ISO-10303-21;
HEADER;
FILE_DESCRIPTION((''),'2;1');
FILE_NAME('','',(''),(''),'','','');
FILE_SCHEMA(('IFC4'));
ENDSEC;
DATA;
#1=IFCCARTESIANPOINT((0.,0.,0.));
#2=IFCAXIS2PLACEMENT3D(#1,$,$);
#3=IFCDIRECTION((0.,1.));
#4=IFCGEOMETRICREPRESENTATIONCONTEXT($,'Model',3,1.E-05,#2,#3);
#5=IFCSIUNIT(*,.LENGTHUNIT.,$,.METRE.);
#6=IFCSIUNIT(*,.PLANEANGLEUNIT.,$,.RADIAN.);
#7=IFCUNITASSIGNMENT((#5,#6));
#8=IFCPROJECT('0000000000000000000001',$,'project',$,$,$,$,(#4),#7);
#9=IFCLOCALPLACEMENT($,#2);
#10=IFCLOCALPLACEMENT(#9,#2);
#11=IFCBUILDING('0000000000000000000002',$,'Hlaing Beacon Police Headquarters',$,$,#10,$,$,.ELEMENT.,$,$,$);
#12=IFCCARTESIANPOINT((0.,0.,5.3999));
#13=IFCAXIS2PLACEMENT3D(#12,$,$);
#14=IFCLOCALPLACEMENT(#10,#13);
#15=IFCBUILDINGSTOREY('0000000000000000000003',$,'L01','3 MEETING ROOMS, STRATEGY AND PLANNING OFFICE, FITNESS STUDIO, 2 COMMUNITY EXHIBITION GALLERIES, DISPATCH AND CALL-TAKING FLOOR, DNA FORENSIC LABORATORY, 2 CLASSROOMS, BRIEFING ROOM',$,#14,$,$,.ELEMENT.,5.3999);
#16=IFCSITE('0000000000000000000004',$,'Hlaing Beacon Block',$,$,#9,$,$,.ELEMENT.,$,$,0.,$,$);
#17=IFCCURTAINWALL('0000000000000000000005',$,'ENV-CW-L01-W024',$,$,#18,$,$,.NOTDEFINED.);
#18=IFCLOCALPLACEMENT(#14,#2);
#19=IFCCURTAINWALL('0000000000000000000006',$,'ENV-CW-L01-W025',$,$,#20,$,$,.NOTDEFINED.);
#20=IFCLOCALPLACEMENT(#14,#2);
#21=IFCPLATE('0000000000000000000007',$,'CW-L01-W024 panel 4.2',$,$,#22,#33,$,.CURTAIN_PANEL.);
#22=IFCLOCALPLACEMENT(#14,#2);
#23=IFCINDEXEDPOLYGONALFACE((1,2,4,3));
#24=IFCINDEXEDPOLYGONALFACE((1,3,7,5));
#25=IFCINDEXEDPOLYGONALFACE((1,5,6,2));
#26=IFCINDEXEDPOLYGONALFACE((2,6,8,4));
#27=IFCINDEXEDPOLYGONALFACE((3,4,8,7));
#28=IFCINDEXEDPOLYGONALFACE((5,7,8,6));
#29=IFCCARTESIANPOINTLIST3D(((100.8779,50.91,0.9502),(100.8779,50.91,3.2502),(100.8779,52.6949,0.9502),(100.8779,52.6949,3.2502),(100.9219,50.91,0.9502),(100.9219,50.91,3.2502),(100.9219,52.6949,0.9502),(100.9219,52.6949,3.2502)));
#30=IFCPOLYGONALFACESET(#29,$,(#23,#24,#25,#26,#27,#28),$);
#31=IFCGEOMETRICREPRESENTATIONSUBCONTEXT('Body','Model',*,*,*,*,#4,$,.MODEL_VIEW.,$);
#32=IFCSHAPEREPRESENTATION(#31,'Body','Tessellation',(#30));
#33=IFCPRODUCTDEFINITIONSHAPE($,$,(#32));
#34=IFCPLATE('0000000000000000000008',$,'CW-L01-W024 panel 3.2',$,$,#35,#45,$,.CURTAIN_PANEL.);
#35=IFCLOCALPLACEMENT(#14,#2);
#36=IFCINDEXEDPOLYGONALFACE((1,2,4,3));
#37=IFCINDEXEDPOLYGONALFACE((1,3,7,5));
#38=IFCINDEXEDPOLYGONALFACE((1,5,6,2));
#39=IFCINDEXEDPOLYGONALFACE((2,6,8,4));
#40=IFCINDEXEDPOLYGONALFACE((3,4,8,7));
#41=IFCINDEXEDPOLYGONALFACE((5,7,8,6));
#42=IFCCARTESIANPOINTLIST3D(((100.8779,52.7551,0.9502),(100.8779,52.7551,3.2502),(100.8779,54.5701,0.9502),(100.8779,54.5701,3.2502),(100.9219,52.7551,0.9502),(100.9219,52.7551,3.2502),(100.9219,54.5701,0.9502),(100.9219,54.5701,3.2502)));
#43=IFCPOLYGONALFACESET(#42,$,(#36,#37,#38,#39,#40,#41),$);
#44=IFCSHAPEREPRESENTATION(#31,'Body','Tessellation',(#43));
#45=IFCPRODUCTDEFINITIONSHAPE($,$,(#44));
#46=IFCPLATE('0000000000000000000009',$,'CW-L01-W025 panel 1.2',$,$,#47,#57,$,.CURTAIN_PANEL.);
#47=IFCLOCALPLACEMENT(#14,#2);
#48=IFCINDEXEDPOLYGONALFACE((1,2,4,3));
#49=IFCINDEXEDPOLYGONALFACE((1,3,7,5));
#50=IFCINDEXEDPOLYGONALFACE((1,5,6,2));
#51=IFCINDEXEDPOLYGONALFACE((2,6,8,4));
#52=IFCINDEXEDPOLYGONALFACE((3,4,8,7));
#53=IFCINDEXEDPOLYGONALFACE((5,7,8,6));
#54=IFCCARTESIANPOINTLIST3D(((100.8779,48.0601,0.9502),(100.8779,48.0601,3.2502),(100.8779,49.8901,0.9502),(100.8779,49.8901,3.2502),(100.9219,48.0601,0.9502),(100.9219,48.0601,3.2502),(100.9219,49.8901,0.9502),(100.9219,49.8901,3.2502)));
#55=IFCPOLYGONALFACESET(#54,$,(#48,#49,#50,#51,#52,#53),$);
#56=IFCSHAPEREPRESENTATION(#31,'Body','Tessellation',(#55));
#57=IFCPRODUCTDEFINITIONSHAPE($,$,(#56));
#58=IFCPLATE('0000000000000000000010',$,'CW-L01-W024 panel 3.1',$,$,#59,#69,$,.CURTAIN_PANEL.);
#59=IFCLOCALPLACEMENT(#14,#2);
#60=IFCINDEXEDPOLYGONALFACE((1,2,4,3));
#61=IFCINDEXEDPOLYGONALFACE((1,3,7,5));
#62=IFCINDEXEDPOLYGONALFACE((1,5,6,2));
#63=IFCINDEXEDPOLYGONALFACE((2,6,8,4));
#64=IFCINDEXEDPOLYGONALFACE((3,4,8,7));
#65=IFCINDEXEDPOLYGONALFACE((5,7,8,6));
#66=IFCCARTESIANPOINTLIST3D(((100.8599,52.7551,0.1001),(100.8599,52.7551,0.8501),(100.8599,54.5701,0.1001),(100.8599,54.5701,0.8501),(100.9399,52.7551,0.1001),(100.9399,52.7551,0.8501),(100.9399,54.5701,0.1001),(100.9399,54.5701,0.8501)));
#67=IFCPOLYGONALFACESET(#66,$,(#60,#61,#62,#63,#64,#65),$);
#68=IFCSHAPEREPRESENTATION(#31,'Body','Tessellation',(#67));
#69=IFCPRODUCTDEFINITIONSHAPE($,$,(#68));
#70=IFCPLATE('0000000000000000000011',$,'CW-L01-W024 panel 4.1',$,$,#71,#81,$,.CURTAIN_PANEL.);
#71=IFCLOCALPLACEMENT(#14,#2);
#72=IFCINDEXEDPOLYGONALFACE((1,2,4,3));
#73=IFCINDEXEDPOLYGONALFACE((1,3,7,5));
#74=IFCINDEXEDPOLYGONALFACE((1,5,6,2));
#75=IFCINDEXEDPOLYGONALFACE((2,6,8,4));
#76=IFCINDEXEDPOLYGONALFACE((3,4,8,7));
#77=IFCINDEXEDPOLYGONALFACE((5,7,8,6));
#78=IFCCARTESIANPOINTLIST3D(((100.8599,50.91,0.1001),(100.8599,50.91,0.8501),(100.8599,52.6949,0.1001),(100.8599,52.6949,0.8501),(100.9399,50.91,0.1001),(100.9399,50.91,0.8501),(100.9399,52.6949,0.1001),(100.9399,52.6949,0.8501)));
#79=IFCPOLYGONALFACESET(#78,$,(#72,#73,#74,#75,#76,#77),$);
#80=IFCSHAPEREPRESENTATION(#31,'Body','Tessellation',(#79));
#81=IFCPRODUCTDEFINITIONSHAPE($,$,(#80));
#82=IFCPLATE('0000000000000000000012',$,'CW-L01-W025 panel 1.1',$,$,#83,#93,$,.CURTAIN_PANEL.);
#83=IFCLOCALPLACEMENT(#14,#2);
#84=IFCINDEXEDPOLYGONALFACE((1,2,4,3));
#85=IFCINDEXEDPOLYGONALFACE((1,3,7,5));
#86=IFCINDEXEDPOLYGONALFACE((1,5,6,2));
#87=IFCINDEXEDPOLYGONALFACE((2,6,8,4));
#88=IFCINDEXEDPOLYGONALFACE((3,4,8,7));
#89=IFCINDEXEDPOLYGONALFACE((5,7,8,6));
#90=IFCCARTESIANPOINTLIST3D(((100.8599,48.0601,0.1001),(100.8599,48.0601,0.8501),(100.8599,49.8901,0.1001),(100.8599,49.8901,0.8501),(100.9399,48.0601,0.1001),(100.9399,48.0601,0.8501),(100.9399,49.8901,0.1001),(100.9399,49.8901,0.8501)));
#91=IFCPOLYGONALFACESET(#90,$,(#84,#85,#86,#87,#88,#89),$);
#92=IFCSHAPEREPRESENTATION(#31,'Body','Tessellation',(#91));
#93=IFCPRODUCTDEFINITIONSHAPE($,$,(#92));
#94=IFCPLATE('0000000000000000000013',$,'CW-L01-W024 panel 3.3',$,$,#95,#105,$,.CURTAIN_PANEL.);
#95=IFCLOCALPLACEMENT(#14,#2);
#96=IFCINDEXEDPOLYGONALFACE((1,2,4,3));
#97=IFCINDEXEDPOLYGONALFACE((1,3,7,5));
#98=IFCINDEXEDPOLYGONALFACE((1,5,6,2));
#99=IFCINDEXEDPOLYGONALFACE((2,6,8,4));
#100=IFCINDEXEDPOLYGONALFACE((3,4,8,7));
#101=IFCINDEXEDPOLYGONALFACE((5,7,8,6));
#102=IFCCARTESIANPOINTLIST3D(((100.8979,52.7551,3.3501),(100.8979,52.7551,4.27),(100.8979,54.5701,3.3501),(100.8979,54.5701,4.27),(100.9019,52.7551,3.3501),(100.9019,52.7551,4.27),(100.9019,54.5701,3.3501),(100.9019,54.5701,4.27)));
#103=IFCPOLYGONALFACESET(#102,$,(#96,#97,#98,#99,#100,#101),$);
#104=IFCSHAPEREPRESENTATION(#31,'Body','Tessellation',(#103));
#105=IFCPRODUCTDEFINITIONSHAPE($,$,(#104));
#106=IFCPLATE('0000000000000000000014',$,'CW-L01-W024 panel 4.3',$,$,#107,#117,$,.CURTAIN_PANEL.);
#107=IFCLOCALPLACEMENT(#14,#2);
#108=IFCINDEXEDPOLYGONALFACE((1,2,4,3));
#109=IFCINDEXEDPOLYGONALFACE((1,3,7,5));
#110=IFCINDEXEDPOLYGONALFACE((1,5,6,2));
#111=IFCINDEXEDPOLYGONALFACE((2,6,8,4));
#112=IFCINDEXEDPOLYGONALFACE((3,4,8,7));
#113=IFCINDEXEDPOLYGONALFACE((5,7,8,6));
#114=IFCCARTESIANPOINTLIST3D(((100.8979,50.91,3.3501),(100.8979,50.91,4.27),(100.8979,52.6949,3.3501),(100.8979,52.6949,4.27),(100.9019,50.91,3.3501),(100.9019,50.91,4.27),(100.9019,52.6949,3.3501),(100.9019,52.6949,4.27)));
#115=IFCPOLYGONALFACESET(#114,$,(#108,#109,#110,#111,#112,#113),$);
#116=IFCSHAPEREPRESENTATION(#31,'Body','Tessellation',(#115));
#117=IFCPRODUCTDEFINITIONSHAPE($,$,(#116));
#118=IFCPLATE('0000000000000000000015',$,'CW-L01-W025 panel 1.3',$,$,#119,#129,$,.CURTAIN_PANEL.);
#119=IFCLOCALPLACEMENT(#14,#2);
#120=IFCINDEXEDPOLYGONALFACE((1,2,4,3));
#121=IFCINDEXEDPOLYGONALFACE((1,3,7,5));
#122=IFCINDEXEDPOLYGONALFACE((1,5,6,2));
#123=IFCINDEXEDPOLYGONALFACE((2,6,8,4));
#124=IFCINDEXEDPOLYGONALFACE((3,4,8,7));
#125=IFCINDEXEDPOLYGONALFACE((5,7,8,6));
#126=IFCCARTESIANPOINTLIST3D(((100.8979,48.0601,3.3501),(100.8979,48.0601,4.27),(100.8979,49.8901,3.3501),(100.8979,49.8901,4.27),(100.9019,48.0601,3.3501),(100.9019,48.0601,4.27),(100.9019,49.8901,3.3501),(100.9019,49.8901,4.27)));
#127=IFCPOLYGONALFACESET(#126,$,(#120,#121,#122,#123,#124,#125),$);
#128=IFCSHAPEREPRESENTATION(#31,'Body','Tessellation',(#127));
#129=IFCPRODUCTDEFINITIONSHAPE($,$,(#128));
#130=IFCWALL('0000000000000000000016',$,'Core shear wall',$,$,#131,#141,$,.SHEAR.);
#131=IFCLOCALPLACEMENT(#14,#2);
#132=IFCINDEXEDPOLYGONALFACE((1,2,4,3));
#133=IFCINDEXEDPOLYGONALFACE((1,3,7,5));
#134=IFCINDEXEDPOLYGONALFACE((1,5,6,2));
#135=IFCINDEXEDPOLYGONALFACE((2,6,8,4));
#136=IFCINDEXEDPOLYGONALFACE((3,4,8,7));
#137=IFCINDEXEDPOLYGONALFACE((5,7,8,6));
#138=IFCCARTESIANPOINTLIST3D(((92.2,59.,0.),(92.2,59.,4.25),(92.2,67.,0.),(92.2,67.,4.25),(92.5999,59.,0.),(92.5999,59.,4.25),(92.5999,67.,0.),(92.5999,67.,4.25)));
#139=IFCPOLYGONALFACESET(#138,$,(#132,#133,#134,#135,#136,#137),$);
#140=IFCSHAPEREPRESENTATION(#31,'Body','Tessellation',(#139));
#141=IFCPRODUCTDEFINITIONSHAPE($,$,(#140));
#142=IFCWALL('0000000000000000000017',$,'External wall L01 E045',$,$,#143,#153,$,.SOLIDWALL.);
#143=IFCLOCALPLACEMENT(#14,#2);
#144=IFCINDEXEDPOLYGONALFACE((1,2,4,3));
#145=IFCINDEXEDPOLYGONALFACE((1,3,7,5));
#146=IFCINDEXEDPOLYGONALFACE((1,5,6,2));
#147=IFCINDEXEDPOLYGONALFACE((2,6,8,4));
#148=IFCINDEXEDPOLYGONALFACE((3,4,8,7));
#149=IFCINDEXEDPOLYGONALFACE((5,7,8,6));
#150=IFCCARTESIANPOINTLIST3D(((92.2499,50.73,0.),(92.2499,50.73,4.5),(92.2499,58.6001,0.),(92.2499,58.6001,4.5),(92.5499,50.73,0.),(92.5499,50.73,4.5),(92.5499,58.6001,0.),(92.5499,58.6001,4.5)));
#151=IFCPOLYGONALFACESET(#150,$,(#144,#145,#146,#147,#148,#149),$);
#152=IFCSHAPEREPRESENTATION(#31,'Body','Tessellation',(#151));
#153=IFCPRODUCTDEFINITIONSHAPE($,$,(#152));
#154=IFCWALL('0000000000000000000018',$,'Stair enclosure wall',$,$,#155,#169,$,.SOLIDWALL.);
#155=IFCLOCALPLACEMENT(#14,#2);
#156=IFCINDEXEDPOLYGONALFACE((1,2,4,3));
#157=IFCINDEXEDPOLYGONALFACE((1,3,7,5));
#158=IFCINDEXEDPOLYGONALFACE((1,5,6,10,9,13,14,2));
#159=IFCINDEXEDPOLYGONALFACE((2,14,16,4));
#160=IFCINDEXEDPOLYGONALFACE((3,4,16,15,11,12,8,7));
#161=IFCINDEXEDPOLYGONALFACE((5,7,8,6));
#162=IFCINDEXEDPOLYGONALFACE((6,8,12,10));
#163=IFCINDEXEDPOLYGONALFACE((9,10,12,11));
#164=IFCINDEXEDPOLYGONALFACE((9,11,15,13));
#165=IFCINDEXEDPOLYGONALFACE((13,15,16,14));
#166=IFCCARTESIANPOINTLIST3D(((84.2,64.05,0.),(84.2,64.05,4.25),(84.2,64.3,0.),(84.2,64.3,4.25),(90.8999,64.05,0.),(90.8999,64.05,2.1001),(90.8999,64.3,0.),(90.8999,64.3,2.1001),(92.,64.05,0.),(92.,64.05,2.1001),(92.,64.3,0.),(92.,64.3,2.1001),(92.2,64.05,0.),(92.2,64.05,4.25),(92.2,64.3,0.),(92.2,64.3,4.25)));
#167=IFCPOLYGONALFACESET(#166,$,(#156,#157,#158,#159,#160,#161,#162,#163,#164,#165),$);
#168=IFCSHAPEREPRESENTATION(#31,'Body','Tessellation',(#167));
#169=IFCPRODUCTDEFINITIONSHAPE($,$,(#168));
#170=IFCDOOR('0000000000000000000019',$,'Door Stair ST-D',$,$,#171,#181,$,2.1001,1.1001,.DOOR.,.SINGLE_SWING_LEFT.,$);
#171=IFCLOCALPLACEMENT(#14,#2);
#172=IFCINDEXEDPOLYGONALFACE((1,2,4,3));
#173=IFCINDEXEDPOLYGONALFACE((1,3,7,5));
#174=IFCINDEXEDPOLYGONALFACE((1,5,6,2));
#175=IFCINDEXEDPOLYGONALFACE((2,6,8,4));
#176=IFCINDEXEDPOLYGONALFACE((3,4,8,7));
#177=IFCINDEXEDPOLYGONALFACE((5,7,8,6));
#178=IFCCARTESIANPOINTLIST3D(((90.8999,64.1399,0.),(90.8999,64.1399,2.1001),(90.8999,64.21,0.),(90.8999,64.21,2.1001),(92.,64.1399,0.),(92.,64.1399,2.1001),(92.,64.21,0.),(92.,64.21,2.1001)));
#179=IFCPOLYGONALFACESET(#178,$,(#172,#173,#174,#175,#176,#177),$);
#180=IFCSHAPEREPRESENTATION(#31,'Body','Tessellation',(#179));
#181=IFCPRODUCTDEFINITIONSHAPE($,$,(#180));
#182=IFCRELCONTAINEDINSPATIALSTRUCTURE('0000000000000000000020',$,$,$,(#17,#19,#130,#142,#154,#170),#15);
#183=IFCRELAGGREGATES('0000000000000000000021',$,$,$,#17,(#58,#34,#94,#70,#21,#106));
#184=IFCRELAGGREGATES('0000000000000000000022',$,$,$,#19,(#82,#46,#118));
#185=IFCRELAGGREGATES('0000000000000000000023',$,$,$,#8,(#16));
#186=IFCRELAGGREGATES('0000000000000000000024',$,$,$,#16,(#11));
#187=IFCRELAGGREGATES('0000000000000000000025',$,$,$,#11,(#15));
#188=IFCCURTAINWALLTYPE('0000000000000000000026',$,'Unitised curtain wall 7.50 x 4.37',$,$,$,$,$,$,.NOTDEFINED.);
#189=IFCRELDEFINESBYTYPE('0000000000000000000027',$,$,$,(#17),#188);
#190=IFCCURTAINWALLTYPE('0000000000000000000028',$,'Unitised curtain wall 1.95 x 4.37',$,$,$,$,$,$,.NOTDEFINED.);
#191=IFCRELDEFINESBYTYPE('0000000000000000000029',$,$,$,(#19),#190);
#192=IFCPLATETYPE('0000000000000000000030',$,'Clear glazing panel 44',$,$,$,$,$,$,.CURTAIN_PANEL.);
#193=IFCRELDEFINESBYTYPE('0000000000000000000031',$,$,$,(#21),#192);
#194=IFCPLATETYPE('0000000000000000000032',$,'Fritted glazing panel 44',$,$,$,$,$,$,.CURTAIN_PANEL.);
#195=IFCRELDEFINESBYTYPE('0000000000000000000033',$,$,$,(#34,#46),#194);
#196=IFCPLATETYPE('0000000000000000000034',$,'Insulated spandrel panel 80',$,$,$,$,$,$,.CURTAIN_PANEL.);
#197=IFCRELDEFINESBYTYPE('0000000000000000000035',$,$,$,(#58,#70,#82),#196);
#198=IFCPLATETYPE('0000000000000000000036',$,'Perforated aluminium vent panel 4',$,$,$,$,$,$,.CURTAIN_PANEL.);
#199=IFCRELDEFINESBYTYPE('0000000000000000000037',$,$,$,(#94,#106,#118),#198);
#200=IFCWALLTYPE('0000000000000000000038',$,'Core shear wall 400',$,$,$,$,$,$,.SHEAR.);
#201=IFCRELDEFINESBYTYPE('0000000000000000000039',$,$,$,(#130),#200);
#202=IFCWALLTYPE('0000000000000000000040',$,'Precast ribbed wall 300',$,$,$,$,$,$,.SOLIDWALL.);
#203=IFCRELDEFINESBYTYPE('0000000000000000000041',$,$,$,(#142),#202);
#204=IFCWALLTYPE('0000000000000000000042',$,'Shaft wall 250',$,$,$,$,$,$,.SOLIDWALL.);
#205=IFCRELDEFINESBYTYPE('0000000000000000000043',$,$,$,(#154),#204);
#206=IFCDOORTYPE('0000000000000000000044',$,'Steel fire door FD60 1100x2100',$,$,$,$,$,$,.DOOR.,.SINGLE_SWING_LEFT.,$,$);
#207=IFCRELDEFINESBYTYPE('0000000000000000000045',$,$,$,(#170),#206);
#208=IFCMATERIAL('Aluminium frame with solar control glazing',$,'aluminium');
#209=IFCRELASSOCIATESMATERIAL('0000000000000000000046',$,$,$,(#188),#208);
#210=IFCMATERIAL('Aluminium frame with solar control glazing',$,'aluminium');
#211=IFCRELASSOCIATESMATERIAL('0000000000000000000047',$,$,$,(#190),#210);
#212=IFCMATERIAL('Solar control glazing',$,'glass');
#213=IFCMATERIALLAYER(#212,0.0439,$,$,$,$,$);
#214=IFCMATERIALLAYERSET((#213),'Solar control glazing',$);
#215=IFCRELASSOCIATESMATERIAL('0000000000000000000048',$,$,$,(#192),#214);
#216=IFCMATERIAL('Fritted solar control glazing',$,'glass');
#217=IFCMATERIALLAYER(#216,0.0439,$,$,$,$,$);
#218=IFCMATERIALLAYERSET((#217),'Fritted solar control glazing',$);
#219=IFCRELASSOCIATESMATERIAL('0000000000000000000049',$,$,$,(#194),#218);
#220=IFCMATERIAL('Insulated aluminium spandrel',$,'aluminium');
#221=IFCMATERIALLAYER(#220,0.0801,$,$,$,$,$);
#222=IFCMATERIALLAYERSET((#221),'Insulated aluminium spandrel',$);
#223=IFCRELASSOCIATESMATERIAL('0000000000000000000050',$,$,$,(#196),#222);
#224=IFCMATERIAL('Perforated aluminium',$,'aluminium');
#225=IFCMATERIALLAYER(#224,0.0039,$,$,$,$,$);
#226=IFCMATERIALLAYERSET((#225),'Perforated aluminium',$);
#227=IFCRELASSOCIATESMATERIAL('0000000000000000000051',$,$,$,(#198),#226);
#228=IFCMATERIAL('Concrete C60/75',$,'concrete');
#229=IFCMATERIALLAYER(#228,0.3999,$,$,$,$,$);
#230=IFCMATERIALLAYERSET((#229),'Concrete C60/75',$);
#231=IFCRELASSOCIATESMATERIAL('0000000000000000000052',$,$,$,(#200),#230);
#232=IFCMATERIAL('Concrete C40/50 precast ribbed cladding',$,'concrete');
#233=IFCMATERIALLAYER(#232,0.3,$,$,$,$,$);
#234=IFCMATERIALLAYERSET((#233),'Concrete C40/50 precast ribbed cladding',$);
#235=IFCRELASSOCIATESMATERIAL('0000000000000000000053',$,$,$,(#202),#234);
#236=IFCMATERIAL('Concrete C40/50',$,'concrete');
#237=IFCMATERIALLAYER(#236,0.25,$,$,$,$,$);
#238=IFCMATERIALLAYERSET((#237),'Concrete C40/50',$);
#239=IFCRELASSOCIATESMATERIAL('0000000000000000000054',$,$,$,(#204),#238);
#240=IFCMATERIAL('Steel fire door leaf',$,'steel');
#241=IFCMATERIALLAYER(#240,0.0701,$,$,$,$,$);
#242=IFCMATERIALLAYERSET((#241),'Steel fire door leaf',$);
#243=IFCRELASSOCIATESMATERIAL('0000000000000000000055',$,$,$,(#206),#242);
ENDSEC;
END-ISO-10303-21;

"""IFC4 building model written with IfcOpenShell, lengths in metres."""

from ifc_helpers import new_model, si_unit, direction, frame, frame_2d, origin, origin_2d, place, context, subcontext, project, spatial, rectangle, extrude, material, layer, layer_set, type_object, element, fill, aggregate, save


model = new_model("IFC4")

# Units and contexts
model_context = context("Model", 3, precision=1e-05, world=origin(), true_north=direction((0.0, 1.0)))
body_context = subcontext(model_context, "Body", "Model", "MODEL_VIEW")
ifc_project = project(units=[si_unit("LENGTHUNIT", "METRE"), si_unit("PLANEANGLEUNIT", "RADIAN")], contexts=[model_context])

# Site, building, storey
site_placement = place(None, origin())
site = spatial("IfcSite", under=ifc_project, at=site_placement, Name="Hlaing Beacon Block", CompositionType="ELEMENT", RefElevation=0.0)
building_placement = place(site_placement, origin())
building = spatial("IfcBuilding", under=site, at=building_placement, Name="Hlaing Beacon Police Headquarters", CompositionType="ELEMENT")
storey_placement = place(building_placement, frame((0.0, 0.0, 5.3999)))
storey = spatial("IfcBuildingStorey", under=building, at=storey_placement, Name="L01", Description="3 MEETING ROOMS, STRATEGY AND PLANNING OFFICE, FITNESS STUDIO, 2 COMMUNITY EXHIBITION GALLERIES, DISPATCH AND CALL-TAKING FLOOR, DNA FORENSIC LABORATORY, 2 CLASSROOMS, BRIEFING ROOM", CompositionType="ELEMENT", Elevation=5.3999)

# Curtain wall
ifc_material_1 = material(Name="Aluminium frame with solar control glazing", Category="aluminium")
curtain_wall_type_1 = type_object("IfcCurtainWallType", Name="Unitised curtain wall 7.50 x 4.37", PredefinedType="NOTDEFINED", material=ifc_material_1)
curtain_wall_1_placement = place(storey_placement, origin())
curtain_wall_1 = element("IfcCurtainWall", 1, at=curtain_wall_1_placement, inside=storey, type_object=curtain_wall_type_1, Name="ENV-CW-L01-W024", PredefinedType="NOTDEFINED")

# Curtain wall
ifc_material_2 = material(Name="Aluminium frame with solar control glazing", Category="aluminium")
curtain_wall_type_2 = type_object("IfcCurtainWallType", Name="Unitised curtain wall 1.95 x 4.37", PredefinedType="NOTDEFINED", material=ifc_material_2)
curtain_wall_2_placement = place(storey_placement, origin())
curtain_wall_2 = element("IfcCurtainWall", 2, at=curtain_wall_2_placement, inside=storey, type_object=curtain_wall_type_2, Name="ENV-CW-L01-W025", PredefinedType="NOTDEFINED")

# Plates
ifc_material_3 = material(Name="Solar control glazing", Category="glass")
ifc_layer_1 = layer(ifc_material_3, 0.0439)
ifc_layer_set_1 = layer_set([ifc_layer_1], Name="Solar control glazing")
plate_type_1 = type_object("IfcPlateType", Name="Clear glazing panel 44", PredefinedType="CURTAIN_PANEL", material=ifc_layer_set_1)
plate_1_placement = place(storey_placement, frame((100.8999, 51.8025, 0.9502), z_axis=(0.0, 0.0, 1.0), x_axis=(0.0, -1.0, 0.0)))
plate_1 = element("IfcPlate", 3, at=plate_1_placement, type_object=plate_type_1, Name="CW-L01-W024 panel 4.2", PredefinedType="CURTAIN_PANEL", context=body_context, shape_type="SweptSolid", body=[
    extrude(rectangle(XDim=1.7849, YDim=0.0439, at=origin_2d()), origin(), (0.0, 0.0, 1.0), 2.3),
])
ifc_material_4 = material(Name="Fritted solar control glazing", Category="glass")
ifc_layer_2 = layer(ifc_material_4, 0.0439)
ifc_layer_set_2 = layer_set([ifc_layer_2], Name="Fritted solar control glazing")
plate_type_2 = type_object("IfcPlateType", Name="Fritted glazing panel 44", PredefinedType="CURTAIN_PANEL", material=ifc_layer_set_2)
plate_2_placement = place(storey_placement, frame((100.8999, 53.6626, 0.9502), z_axis=(0.0, 0.0, 1.0), x_axis=(0.0, -1.0, 0.0)))
plate_2 = element("IfcPlate", 4, at=plate_2_placement, type_object=plate_type_2, Name="CW-L01-W024 panel 3.2", PredefinedType="CURTAIN_PANEL", context=body_context, shape_type="SweptSolid", body=[
    extrude(rectangle(XDim=1.8149, YDim=0.0439, at=origin_2d()), origin(), (0.0, 0.0, 1.0), 2.3),
])
plate_3_placement = place(storey_placement, frame((100.8999, 48.9751, 0.9502), z_axis=(0.0, 0.0, 1.0), x_axis=(0.0, -1.0, 0.0)))
plate_3 = element("IfcPlate", 5, at=plate_3_placement, type_object=plate_type_2, Name="CW-L01-W025 panel 1.2", PredefinedType="CURTAIN_PANEL", context=body_context, shape_type="SweptSolid", body=[
    extrude(rectangle(XDim=1.8301, YDim=0.0439, at=origin_2d()), origin(), (0.0, 0.0, 1.0), 2.3),
])
ifc_material_5 = material(Name="Insulated aluminium spandrel", Category="aluminium")
ifc_layer_3 = layer(ifc_material_5, 0.0801)
ifc_layer_set_3 = layer_set([ifc_layer_3], Name="Insulated aluminium spandrel")
plate_type_3 = type_object("IfcPlateType", Name="Insulated spandrel panel 80", PredefinedType="CURTAIN_PANEL", material=ifc_layer_set_3)
plate_4_placement = place(storey_placement, frame((100.8999, 53.6626, 0.1001), z_axis=(0.0, 0.0, 1.0), x_axis=(0.0, -1.0, 0.0)))
plate_4 = element("IfcPlate", 6, at=plate_4_placement, type_object=plate_type_3, Name="CW-L01-W024 panel 3.1", PredefinedType="CURTAIN_PANEL", context=body_context, shape_type="SweptSolid", body=[
    extrude(rectangle(XDim=1.8149, YDim=0.0801, at=origin_2d()), origin(), (0.0, 0.0, 1.0), 0.75),
])
plate_5_placement = place(storey_placement, frame((100.8999, 51.8025, 0.1001), z_axis=(0.0, 0.0, 1.0), x_axis=(0.0, -1.0, 0.0)))
plate_5 = element("IfcPlate", 7, at=plate_5_placement, type_object=plate_type_3, Name="CW-L01-W024 panel 4.1", PredefinedType="CURTAIN_PANEL", context=body_context, shape_type="SweptSolid", body=[
    extrude(rectangle(XDim=1.7849, YDim=0.0801, at=origin_2d()), origin(), (0.0, 0.0, 1.0), 0.75),
])
plate_6_placement = place(storey_placement, frame((100.8999, 48.9751, 0.1001), z_axis=(0.0, 0.0, 1.0), x_axis=(0.0, -1.0, 0.0)))
plate_6 = element("IfcPlate", 8, at=plate_6_placement, type_object=plate_type_3, Name="CW-L01-W025 panel 1.1", PredefinedType="CURTAIN_PANEL", context=body_context, shape_type="SweptSolid", body=[
    extrude(rectangle(XDim=1.8301, YDim=0.0801, at=origin_2d()), origin(), (0.0, 0.0, 1.0), 0.75),
])
ifc_material_6 = material(Name="Perforated aluminium", Category="aluminium")
ifc_layer_4 = layer(ifc_material_6, 0.0039)
ifc_layer_set_4 = layer_set([ifc_layer_4], Name="Perforated aluminium")
plate_type_4 = type_object("IfcPlateType", Name="Perforated aluminium vent panel 4", PredefinedType="CURTAIN_PANEL", material=ifc_layer_set_4)
plate_7_placement = place(storey_placement, frame((100.8999, 53.6626, 3.3501), z_axis=(0.0, 0.0, 1.0), x_axis=(0.0, -1.0, 0.0)))
plate_7 = element("IfcPlate", 9, at=plate_7_placement, type_object=plate_type_4, Name="CW-L01-W024 panel 3.3", PredefinedType="CURTAIN_PANEL", context=body_context, shape_type="SweptSolid", body=[
    extrude(rectangle(XDim=1.8149, YDim=0.0039, at=origin_2d()), origin(), (0.0, 0.0, 1.0), 0.9199),
])
plate_8_placement = place(storey_placement, frame((100.8999, 51.8025, 3.3501), z_axis=(0.0, 0.0, 1.0), x_axis=(0.0, -1.0, 0.0)))
plate_8 = element("IfcPlate", 10, at=plate_8_placement, type_object=plate_type_4, Name="CW-L01-W024 panel 4.3", PredefinedType="CURTAIN_PANEL", context=body_context, shape_type="SweptSolid", body=[
    extrude(rectangle(XDim=1.7849, YDim=0.0039, at=origin_2d()), origin(), (0.0, 0.0, 1.0), 0.9199),
])
aggregate(curtain_wall_1, [plate_4, plate_2, plate_7, plate_5, plate_1, plate_8])
plate_9_placement = place(storey_placement, frame((100.8999, 48.9751, 3.3501), z_axis=(0.0, 0.0, 1.0), x_axis=(0.0, -1.0, 0.0)))
plate_9 = element("IfcPlate", 11, at=plate_9_placement, type_object=plate_type_4, Name="CW-L01-W025 panel 1.3", PredefinedType="CURTAIN_PANEL", context=body_context, shape_type="SweptSolid", body=[
    extrude(rectangle(XDim=1.8301, YDim=0.0039, at=origin_2d()), origin(), (0.0, 0.0, 1.0), 0.9199),
])
aggregate(curtain_wall_2, [plate_6, plate_3, plate_9])

# Walls
ifc_material_7 = material(Name="Concrete C60/75", Category="concrete")
ifc_layer_5 = layer(ifc_material_7, 0.3999)
ifc_layer_set_5 = layer_set([ifc_layer_5], Name="Concrete C60/75")
wall_type_1 = type_object("IfcWallType", Name="Core shear wall 400", PredefinedType="SHEAR", material=ifc_layer_set_5)
wall_1_placement = place(storey_placement, frame((92.3999, 59.0, 0.0), z_axis=(0.0, 0.0, 1.0), x_axis=(0.0, 1.0, 0.0)))
element("IfcWall", 12, at=wall_1_placement, inside=storey, type_object=wall_type_1, Name="Core shear wall", PredefinedType="SHEAR", context=body_context, shape_type="SweptSolid", body=[
    extrude(rectangle(XDim=8.0, YDim=0.3999, at=frame_2d((4.0, 0.0))), origin(), (0.0, 0.0, 1.0), 4.25),
])
ifc_material_8 = material(Name="Concrete C40/50 precast ribbed cladding", Category="concrete")
ifc_layer_6 = layer(ifc_material_8, 0.3)
ifc_layer_set_6 = layer_set([ifc_layer_6], Name="Concrete C40/50 precast ribbed cladding")
wall_type_2 = type_object("IfcWallType", Name="Precast ribbed wall 300", PredefinedType="SOLIDWALL", material=ifc_layer_set_6)
wall_2_placement = place(storey_placement, frame((92.3999, 50.73, 0.0), z_axis=(0.0, 0.0, 1.0), x_axis=(0.0, 1.0, 0.0)))
element("IfcWall", 13, at=wall_2_placement, inside=storey, type_object=wall_type_2, Name="External wall L01 E045", PredefinedType="SOLIDWALL", context=body_context, shape_type="SweptSolid", body=[
    extrude(rectangle(XDim=7.8701, YDim=0.3, at=frame_2d((3.9351, 0.0))), origin(), (0.0, 0.0, 1.0), 4.5),
])

# Wall, opening, door
ifc_material_9 = material(Name="Concrete C40/50", Category="concrete")
ifc_layer_7 = layer(ifc_material_9, 0.25)
ifc_layer_set_7 = layer_set([ifc_layer_7], Name="Concrete C40/50")
wall_type_3 = type_object("IfcWallType", Name="Shaft wall 250", PredefinedType="SOLIDWALL", material=ifc_layer_set_7)
wall_3_placement = place(storey_placement, frame((92.2, 64.175, 0.0), z_axis=(0.0, 0.0, 1.0), x_axis=(-1.0, 0.0, 0.0)))
wall_3 = element("IfcWall", 14, at=wall_3_placement, inside=storey, type_object=wall_type_3, Name="Stair enclosure wall", PredefinedType="SOLIDWALL", context=body_context, shape_type="SweptSolid", body=[
    extrude(rectangle(XDim=8.0, YDim=0.25, at=frame_2d((4.0, 0.0))), origin(), (0.0, 0.0, 1.0), 4.25),
])
opening_placement = place(wall_3_placement, frame((0.2, 0.0, 0.0)))
opening = element("IfcOpeningElement", 15, at=opening_placement, cuts=wall_3, PredefinedType="OPENING", context=body_context, shape_type="SweptSolid", body=[
    extrude(rectangle(XDim=1.1001, YDim=2.1001, at=frame_2d((0.55, 1.05))), frame((0.0, 0.135, 0.0), z_axis=(0.0, -1.0, 0.0), x_axis=(1.0, 0.0, 0.0)), (0.0, 0.0, 1.0), 0.27),
])
ifc_material_10 = material(Name="Steel fire door leaf", Category="steel")
ifc_layer_8 = layer(ifc_material_10, 0.0701)
ifc_layer_set_8 = layer_set([ifc_layer_8], Name="Steel fire door leaf")
door_type = type_object("IfcDoorType", Name="Steel fire door FD60 1100x2100", OperationType="SINGLE_SWING_LEFT", PredefinedType="DOOR", material=ifc_layer_set_8)
door_placement = place(opening_placement, frame((1.1001, 0.0, 0.0), z_axis=(0.0, 0.0, 1.0), x_axis=(-1.0, 0.0, 0.0)))
door = element("IfcDoor", 16, at=door_placement, inside=storey, type_object=door_type, Name="Door Stair ST-D", OperationType="SINGLE_SWING_LEFT", OverallHeight=2.1001, OverallWidth=1.1001, PredefinedType="DOOR", context=body_context, shape_type="SweptSolid", body=[
    extrude(rectangle(XDim=1.1001, YDim=2.1001, at=frame_2d((0.55, 1.05))), frame((0.0, 0.0349, 0.0), z_axis=(0.0, -1.0, 0.0), x_axis=(1.0, 0.0, 0.0)), (0.0, 0.0, 1.0), 0.0701),
])
fill(opening, door)

save(model, "model.ifc")
